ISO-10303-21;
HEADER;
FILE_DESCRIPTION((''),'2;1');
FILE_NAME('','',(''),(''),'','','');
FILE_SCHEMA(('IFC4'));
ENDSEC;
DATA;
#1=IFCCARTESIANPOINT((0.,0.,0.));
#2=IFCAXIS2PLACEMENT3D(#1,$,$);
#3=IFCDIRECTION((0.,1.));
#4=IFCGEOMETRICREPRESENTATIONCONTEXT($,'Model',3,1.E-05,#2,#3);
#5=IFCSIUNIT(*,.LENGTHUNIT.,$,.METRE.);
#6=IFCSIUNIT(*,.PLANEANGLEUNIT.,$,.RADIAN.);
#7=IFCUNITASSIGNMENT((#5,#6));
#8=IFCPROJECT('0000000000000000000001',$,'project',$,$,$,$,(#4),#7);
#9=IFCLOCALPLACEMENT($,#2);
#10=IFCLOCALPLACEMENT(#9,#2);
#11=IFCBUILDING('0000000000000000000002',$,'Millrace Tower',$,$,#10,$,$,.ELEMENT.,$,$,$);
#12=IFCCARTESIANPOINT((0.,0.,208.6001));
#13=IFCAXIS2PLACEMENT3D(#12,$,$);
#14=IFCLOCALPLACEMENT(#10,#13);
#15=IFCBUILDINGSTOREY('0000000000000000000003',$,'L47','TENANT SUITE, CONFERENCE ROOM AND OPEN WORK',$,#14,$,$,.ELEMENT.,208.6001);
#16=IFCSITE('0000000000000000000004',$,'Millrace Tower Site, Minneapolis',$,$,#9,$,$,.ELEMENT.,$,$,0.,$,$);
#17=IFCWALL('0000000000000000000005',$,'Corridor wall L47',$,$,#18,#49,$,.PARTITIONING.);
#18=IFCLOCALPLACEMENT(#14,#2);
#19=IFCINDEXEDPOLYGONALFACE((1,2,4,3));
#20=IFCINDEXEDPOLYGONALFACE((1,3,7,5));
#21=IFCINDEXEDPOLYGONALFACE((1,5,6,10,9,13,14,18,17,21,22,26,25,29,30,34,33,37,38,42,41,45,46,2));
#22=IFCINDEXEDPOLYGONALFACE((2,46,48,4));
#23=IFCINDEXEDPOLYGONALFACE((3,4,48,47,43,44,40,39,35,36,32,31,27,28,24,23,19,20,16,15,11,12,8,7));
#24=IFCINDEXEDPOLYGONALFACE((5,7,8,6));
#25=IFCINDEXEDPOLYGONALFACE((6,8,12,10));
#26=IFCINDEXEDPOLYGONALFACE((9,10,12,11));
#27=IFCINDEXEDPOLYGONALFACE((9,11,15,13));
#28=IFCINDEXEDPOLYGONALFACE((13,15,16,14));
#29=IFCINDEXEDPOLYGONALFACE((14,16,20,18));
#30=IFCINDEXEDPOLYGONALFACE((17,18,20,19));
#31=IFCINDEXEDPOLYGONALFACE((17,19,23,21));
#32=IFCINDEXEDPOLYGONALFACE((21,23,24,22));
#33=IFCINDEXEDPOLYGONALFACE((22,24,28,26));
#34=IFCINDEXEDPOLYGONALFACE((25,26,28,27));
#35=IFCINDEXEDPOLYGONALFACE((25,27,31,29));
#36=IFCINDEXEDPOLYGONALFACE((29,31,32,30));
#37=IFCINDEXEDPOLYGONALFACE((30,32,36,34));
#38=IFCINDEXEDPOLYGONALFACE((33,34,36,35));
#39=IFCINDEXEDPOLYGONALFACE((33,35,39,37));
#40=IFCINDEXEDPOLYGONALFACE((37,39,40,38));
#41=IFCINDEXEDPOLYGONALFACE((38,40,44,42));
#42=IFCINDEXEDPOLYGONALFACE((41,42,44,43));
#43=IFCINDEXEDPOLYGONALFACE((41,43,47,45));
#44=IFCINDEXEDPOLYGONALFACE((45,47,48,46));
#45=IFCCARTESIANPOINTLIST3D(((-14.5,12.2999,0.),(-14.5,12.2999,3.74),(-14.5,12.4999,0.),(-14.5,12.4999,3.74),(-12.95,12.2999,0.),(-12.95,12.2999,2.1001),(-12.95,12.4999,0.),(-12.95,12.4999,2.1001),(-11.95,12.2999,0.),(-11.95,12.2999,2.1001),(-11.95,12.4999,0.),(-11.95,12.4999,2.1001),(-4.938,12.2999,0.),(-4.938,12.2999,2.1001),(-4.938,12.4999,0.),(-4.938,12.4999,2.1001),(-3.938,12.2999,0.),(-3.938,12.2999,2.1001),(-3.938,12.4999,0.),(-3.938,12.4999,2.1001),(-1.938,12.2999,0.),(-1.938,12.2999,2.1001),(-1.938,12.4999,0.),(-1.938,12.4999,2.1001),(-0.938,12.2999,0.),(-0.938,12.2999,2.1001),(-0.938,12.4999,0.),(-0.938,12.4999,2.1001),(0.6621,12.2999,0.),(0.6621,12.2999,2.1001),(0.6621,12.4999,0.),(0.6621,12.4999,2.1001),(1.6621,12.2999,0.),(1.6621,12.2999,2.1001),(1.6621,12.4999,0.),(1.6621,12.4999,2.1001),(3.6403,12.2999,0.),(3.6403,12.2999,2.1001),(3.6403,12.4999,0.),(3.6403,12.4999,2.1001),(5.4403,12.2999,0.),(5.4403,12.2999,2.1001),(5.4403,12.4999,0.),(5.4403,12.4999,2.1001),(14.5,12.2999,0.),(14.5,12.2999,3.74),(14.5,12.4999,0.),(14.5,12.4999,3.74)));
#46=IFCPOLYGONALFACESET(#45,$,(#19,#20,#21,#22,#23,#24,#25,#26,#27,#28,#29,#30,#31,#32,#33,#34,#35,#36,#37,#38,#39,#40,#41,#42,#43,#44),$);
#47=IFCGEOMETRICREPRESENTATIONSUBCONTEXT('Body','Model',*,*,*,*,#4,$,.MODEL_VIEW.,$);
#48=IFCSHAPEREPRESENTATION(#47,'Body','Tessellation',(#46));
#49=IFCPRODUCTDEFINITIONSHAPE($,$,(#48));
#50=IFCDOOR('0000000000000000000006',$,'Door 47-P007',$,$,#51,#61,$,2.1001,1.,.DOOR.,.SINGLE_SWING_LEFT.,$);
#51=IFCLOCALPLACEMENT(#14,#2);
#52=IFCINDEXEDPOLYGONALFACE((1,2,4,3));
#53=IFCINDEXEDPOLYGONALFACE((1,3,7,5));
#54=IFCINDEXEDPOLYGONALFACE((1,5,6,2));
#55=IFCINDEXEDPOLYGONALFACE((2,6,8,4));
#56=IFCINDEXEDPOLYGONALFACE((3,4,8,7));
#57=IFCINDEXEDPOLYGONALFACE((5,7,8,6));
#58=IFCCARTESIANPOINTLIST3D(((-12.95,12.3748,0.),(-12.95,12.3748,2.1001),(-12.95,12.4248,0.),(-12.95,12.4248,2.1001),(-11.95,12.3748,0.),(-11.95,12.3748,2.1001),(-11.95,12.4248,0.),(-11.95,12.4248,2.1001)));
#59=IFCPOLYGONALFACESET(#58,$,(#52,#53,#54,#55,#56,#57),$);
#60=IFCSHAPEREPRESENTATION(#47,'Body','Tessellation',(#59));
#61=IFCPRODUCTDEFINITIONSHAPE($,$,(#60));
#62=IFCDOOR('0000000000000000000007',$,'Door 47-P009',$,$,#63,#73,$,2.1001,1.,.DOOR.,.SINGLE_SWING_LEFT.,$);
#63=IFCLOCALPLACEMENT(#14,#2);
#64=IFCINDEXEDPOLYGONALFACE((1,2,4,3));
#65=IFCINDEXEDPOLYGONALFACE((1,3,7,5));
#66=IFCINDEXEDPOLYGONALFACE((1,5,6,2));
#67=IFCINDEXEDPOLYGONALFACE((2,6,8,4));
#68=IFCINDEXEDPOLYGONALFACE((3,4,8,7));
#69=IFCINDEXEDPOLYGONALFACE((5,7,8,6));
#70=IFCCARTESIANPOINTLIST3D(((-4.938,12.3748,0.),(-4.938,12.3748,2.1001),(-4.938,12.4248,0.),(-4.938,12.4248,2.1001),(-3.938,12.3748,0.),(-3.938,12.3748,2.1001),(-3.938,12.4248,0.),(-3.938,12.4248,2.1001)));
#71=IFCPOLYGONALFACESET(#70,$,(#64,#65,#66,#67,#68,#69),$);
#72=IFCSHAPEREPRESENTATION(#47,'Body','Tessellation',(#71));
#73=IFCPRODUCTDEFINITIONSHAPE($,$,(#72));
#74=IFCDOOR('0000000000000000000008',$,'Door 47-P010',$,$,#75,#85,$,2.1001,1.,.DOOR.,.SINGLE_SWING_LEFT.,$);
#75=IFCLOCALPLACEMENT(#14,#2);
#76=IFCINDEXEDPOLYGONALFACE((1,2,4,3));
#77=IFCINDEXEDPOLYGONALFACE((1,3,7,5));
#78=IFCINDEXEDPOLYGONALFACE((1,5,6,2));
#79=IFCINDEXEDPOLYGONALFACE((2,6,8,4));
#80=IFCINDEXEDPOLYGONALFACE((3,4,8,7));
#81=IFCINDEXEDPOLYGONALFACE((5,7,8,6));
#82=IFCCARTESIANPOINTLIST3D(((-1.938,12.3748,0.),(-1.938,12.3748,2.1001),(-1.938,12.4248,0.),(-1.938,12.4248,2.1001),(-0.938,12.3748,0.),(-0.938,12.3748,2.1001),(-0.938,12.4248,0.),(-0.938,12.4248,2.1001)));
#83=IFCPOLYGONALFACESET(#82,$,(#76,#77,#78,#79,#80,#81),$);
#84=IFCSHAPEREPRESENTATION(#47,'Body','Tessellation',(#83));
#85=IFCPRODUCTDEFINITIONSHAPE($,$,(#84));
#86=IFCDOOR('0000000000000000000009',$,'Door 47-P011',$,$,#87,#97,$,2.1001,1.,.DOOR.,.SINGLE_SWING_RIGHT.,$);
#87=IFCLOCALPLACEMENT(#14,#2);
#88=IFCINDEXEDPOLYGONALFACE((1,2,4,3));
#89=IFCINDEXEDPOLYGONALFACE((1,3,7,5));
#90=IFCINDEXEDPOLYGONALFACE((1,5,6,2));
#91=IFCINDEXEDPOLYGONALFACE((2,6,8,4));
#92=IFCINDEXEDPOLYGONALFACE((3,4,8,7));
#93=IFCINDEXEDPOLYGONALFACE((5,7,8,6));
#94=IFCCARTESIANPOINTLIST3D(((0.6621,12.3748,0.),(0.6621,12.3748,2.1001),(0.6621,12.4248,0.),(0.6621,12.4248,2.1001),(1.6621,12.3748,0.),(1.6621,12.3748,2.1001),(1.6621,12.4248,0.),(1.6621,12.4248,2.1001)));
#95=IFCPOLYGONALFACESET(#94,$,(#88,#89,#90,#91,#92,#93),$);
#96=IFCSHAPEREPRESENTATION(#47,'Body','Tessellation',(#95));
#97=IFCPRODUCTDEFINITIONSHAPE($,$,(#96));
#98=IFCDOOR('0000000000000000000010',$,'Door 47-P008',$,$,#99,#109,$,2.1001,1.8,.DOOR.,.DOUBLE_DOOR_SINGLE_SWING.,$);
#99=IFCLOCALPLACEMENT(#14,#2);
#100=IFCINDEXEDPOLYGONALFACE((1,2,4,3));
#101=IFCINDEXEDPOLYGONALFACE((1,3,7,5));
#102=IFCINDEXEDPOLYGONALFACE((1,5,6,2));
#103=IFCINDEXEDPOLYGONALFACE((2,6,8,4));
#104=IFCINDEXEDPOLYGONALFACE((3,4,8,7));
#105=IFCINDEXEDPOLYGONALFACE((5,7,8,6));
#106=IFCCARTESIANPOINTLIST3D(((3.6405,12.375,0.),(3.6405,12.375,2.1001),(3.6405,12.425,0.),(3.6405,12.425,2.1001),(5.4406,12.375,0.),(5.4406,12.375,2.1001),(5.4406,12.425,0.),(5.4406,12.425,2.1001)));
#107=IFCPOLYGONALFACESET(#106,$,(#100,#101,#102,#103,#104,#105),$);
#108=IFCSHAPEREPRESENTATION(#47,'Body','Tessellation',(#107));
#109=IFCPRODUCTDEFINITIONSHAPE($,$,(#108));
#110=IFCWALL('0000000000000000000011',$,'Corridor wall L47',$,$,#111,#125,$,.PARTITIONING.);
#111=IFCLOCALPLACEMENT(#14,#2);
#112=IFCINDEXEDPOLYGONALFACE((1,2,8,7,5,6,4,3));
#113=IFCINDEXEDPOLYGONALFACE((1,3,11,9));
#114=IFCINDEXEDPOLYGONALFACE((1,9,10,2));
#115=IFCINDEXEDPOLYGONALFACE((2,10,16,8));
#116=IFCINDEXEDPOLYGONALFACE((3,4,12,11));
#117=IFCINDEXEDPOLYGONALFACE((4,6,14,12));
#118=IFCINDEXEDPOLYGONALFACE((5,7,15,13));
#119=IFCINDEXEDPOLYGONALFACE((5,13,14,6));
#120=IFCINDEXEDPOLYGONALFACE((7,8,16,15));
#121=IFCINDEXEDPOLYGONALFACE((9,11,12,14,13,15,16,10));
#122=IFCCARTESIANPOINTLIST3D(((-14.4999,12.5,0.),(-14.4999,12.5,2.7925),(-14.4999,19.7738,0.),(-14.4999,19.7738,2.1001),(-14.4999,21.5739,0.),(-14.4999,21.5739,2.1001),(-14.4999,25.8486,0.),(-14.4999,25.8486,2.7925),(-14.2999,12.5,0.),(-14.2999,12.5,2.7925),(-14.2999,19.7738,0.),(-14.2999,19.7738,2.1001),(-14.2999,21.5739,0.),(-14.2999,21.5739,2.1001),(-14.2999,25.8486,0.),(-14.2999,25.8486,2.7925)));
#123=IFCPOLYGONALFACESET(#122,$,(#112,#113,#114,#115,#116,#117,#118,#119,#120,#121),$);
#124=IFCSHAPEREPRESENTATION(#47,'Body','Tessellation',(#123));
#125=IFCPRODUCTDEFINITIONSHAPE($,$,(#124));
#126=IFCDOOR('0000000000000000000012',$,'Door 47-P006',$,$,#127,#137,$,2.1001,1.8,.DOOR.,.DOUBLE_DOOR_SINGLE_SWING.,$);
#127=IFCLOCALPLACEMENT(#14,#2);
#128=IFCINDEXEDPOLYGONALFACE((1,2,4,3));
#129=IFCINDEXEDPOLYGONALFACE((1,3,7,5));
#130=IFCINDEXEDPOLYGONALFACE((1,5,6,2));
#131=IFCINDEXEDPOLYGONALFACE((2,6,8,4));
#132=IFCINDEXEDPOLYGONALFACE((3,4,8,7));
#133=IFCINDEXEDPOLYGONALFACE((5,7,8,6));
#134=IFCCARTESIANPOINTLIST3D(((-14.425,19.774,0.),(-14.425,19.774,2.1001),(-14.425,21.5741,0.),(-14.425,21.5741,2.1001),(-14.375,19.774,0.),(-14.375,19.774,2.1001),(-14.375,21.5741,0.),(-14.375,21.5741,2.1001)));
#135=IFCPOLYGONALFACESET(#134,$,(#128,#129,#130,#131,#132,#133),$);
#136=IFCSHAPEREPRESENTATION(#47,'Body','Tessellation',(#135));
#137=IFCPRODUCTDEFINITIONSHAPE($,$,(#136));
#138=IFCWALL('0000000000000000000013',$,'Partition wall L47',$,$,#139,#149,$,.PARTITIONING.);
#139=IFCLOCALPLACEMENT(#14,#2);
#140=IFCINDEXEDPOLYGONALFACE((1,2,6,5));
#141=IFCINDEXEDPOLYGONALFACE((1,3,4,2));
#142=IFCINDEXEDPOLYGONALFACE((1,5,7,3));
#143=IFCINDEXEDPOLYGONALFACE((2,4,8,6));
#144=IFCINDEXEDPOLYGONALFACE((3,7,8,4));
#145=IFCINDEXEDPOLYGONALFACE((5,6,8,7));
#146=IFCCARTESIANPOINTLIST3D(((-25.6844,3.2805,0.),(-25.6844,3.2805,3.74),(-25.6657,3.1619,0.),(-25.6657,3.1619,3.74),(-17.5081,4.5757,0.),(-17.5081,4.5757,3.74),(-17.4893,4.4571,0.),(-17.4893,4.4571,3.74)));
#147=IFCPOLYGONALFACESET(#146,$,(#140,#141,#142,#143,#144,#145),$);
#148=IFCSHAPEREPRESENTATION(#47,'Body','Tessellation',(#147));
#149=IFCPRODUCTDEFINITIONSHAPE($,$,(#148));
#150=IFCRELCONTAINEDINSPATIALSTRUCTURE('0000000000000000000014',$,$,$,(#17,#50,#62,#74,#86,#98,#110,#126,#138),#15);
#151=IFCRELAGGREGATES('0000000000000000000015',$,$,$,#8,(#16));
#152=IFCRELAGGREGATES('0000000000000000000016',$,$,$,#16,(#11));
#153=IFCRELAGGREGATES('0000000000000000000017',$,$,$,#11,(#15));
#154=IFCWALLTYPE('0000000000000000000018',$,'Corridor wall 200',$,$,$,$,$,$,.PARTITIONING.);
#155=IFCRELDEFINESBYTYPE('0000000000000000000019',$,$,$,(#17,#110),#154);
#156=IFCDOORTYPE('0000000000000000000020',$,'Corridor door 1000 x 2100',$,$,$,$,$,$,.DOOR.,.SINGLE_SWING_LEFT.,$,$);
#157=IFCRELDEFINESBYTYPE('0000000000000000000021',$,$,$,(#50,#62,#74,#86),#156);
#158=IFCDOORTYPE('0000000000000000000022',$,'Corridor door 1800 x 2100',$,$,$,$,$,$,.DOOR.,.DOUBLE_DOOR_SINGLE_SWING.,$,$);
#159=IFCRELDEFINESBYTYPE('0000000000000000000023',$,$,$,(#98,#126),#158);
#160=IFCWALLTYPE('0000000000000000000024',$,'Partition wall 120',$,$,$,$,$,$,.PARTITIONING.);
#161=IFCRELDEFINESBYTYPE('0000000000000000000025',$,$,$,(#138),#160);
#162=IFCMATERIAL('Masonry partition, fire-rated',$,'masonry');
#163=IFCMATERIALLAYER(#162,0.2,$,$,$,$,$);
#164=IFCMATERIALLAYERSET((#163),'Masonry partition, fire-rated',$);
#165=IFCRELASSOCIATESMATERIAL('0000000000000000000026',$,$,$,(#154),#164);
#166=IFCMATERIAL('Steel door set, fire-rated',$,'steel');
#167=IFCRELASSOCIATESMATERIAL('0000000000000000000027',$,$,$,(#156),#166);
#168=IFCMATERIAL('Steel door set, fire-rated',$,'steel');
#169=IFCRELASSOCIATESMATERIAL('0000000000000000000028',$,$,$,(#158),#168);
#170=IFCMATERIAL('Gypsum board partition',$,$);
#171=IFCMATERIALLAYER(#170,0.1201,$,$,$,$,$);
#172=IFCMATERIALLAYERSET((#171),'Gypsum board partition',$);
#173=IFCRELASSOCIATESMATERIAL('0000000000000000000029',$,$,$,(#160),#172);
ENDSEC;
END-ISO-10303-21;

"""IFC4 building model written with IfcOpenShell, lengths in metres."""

from ifc_helpers import new_model, si_unit, direction, frame, frame_2d, origin, place, context, subcontext, project, spatial, rectangle, extrude, material, layer, layer_set, type_object, element, fill, save


model = new_model("IFC4")

# Units and contexts
model_context = context("Model", 3, precision=1e-05, world=origin(), true_north=direction((0.0, 1.0)))
body_context = subcontext(model_context, "Body", "Model", "MODEL_VIEW")
ifc_project = project(units=[si_unit("LENGTHUNIT", "METRE"), si_unit("PLANEANGLEUNIT", "RADIAN")], contexts=[model_context])

# Site, building, storey
site_placement = place(None, origin())
site = spatial("IfcSite", under=ifc_project, at=site_placement, Name="Millrace Tower Site, Minneapolis", CompositionType="ELEMENT", RefElevation=0.0)
building_placement = place(site_placement, origin())
building = spatial("IfcBuilding", under=site, at=building_placement, Name="Millrace Tower", CompositionType="ELEMENT")
storey_placement = place(building_placement, frame((0.0, 0.0, 208.6001)))
storey = spatial("IfcBuildingStorey", under=building, at=storey_placement, Name="L47", Description="TENANT SUITE, CONFERENCE ROOM AND OPEN WORK", CompositionType="ELEMENT", Elevation=208.6001)

# Wall, openings, doors
ifc_material_1 = material(Name="Masonry partition, fire-rated", Category="masonry")
ifc_layer_1 = layer(ifc_material_1, 0.2)
ifc_layer_set_1 = layer_set([ifc_layer_1], Name="Masonry partition, fire-rated")
wall_type_1 = type_object("IfcWallType", Name="Corridor wall 200", PredefinedType="PARTITIONING", material=ifc_layer_set_1)
wall_1_placement = place(storey_placement, frame((-14.5, 12.3999, 0.0), z_axis=(0.0, 0.0, 1.0), x_axis=(1.0, 0.0, 0.0)))
wall_1 = element("IfcWall", 1, at=wall_1_placement, inside=storey, type_object=wall_type_1, Name="Corridor wall L47", PredefinedType="PARTITIONING", context=body_context, shape_type="SweptSolid", body=[
    extrude(rectangle(XDim=29.0, YDim=0.2, at=frame_2d((14.5, 0.0))), origin(), (0.0, 0.0, 1.0), 3.74),
])
opening_1_placement = place(wall_1_placement, frame((1.55, 0.0, 0.0)))
opening_1 = element("IfcOpeningElement", 2, at=opening_1_placement, cuts=wall_1, PredefinedType="OPENING", context=body_context, shape_type="SweptSolid", body=[
    extrude(rectangle(XDim=1.0, YDim=2.1001, at=frame_2d((0.5, 1.05))), frame((0.0, 0.1099, 0.0), z_axis=(0.0, -1.0, 0.0), x_axis=(1.0, 0.0, 0.0)), (0.0, 0.0, 1.0), 0.22),
])
opening_2_placement = place(wall_1_placement, frame((18.1404, 0.0, 0.0)))
opening_2 = element("IfcOpeningElement", 3, at=opening_2_placement, cuts=wall_1, PredefinedType="OPENING", context=body_context, shape_type="SweptSolid", body=[
    extrude(rectangle(XDim=1.8, YDim=2.1001, at=frame_2d((0.8999, 1.05))), frame((0.0, 0.1099, 0.0), z_axis=(0.0, -1.0, 0.0), x_axis=(1.0, 0.0, 0.0)), (0.0, 0.0, 1.0), 0.22),
])
opening_3_placement = place(wall_1_placement, frame((9.562, 0.0, 0.0)))
opening_3 = element("IfcOpeningElement", 4, at=opening_3_placement, cuts=wall_1, PredefinedType="OPENING", context=body_context, shape_type="SweptSolid", body=[
    extrude(rectangle(XDim=1.0, YDim=2.1001, at=frame_2d((0.5, 1.05))), frame((0.0, 0.1099, 0.0), z_axis=(0.0, -1.0, 0.0), x_axis=(1.0, 0.0, 0.0)), (0.0, 0.0, 1.0), 0.22),
])
opening_4_placement = place(wall_1_placement, frame((12.562, 0.0, 0.0)))
opening_4 = element("IfcOpeningElement", 5, at=opening_4_placement, cuts=wall_1, PredefinedType="OPENING", context=body_context, shape_type="SweptSolid", body=[
    extrude(rectangle(XDim=1.0, YDim=2.1001, at=frame_2d((0.5, 1.05))), frame((0.0, 0.1099, 0.0), z_axis=(0.0, -1.0, 0.0), x_axis=(1.0, 0.0, 0.0)), (0.0, 0.0, 1.0), 0.22),
])
opening_5_placement = place(wall_1_placement, frame((15.1621, 0.0, 0.0)))
opening_5 = element("IfcOpeningElement", 6, at=opening_5_placement, cuts=wall_1, PredefinedType="OPENING", context=body_context, shape_type="SweptSolid", body=[
    extrude(rectangle(XDim=1.0, YDim=2.1001, at=frame_2d((0.5, 1.05))), frame((0.0, 0.1099, 0.0), z_axis=(0.0, -1.0, 0.0), x_axis=(1.0, 0.0, 0.0)), (0.0, 0.0, 1.0), 0.22),
])
ifc_material_2 = material(Name="Steel door set, fire-rated", Category="steel")
door_type_1 = type_object("IfcDoorType", Name="Corridor door 1000 x 2100", OperationType="SINGLE_SWING_LEFT", PredefinedType="DOOR", material=ifc_material_2)
door_1_placement = place(opening_1_placement, origin())
door_1 = element("IfcDoor", 7, at=door_1_placement, inside=storey, type_object=door_type_1, Name="Door 47-P007", OperationType="SINGLE_SWING_LEFT", OverallHeight=2.1001, OverallWidth=1.0, PredefinedType="DOOR", context=body_context, shape_type="SweptSolid", body=[
    extrude(rectangle(XDim=1.0, YDim=2.1001, at=frame_2d((0.5, 1.05))), frame((0.0, 0.0249, 0.0), z_axis=(0.0, -1.0, 0.0), x_axis=(1.0, 0.0, 0.0)), (0.0, 0.0, 1.0), 0.05),
])
fill(opening_1, door_1)
door_2_placement = place(opening_3_placement, origin())
door_2 = element("IfcDoor", 8, at=door_2_placement, inside=storey, type_object=door_type_1, Name="Door 47-P009", OperationType="SINGLE_SWING_LEFT", OverallHeight=2.1001, OverallWidth=1.0, PredefinedType="DOOR", context=body_context, shape_type="SweptSolid", body=[
    extrude(rectangle(XDim=1.0, YDim=2.1001, at=frame_2d((0.5, 1.05))), frame((0.0, 0.0249, 0.0), z_axis=(0.0, -1.0, 0.0), x_axis=(1.0, 0.0, 0.0)), (0.0, 0.0, 1.0), 0.05),
])
fill(opening_3, door_2)
door_3_placement = place(opening_4_placement, origin())
door_3 = element("IfcDoor", 9, at=door_3_placement, inside=storey, type_object=door_type_1, Name="Door 47-P010", OperationType="SINGLE_SWING_LEFT", OverallHeight=2.1001, OverallWidth=1.0, PredefinedType="DOOR", context=body_context, shape_type="SweptSolid", body=[
    extrude(rectangle(XDim=1.0, YDim=2.1001, at=frame_2d((0.5, 1.05))), frame((0.0, 0.0249, 0.0), z_axis=(0.0, -1.0, 0.0), x_axis=(1.0, 0.0, 0.0)), (0.0, 0.0, 1.0), 0.05),
])
fill(opening_4, door_3)
door_4_placement = place(opening_5_placement, origin())
door_4 = element("IfcDoor", 10, at=door_4_placement, inside=storey, type_object=door_type_1, Name="Door 47-P011", OperationType="SINGLE_SWING_RIGHT", OverallHeight=2.1001, OverallWidth=1.0, PredefinedType="DOOR", context=body_context, shape_type="SweptSolid", body=[
    extrude(rectangle(XDim=1.0, YDim=2.1001, at=frame_2d((0.5, 1.05))), frame((0.0, 0.0249, 0.0), z_axis=(0.0, -1.0, 0.0), x_axis=(1.0, 0.0, 0.0)), (0.0, 0.0, 1.0), 0.05),
])
fill(opening_5, door_4)
ifc_material_3 = material(Name="Steel door set, fire-rated", Category="steel")
door_type_2 = type_object("IfcDoorType", Name="Corridor door 1800 x 2100", OperationType="DOUBLE_DOOR_SINGLE_SWING", PredefinedType="DOOR", material=ifc_material_3)
door_5_placement = place(opening_2_placement, frame((1.8, 0.0, 0.0), z_axis=(0.0, 0.0, 1.0), x_axis=(-1.0, 0.0, 0.0)))
door_5 = element("IfcDoor", 11, at=door_5_placement, inside=storey, type_object=door_type_2, Name="Door 47-P008", OperationType="DOUBLE_DOOR_SINGLE_SWING", OverallHeight=2.1001, OverallWidth=1.8, PredefinedType="DOOR", context=body_context, shape_type="SweptSolid", body=[
    extrude(rectangle(XDim=1.8, YDim=2.1001, at=frame_2d((0.8999, 1.05))), frame((0.0, 0.0249, 0.0), z_axis=(0.0, -1.0, 0.0), x_axis=(1.0, 0.0, 0.0)), (0.0, 0.0, 1.0), 0.05),
])
fill(opening_2, door_5)

# Wall, opening, door
wall_2_placement = place(storey_placement, frame((-14.3999, 12.5, 0.0), z_axis=(0.0, 0.0, 1.0), x_axis=(0.0, 1.0, 0.0)))
wall_2 = element("IfcWall", 12, at=wall_2_placement, inside=storey, type_object=wall_type_1, Name="Corridor wall L47", PredefinedType="PARTITIONING", context=body_context, shape_type="SweptSolid", body=[
    extrude(rectangle(XDim=13.3486, YDim=0.2, at=frame_2d((6.6743, 0.0))), origin(), (0.0, 0.0, 1.0), 2.7925),
])
opening_6_placement = place(wall_2_placement, frame((7.2739, 0.0, 0.0)))
opening_6 = element("IfcOpeningElement", 13, at=opening_6_placement, cuts=wall_2, PredefinedType="OPENING", context=body_context, shape_type="SweptSolid", body=[
    extrude(rectangle(XDim=1.8, YDim=2.1001, at=frame_2d((0.8999, 1.05))), frame((0.0, 0.1099, 0.0), z_axis=(0.0, -1.0, 0.0), x_axis=(1.0, 0.0, 0.0)), (0.0, 0.0, 1.0), 0.22),
])
door_6_placement = place(opening_6_placement, frame((1.8, 0.0, 0.0), z_axis=(0.0, 0.0, 1.0), x_axis=(-1.0, 0.0, 0.0)))
door_6 = element("IfcDoor", 14, at=door_6_placement, inside=storey, type_object=door_type_2, Name="Door 47-P006", OperationType="DOUBLE_DOOR_SINGLE_SWING", OverallHeight=2.1001, OverallWidth=1.8, PredefinedType="DOOR", context=body_context, shape_type="SweptSolid", body=[
    extrude(rectangle(XDim=1.8, YDim=2.1001, at=frame_2d((0.8999, 1.05))), frame((0.0, 0.0249, 0.0), z_axis=(0.0, -1.0, 0.0), x_axis=(1.0, 0.0, 0.0)), (0.0, 0.0, 1.0), 0.05),
])
fill(opening_6, door_6)

# Wall
ifc_material_4 = material(Name="Gypsum board partition")
ifc_layer_2 = layer(ifc_material_4, 0.1201)
ifc_layer_set_2 = layer_set([ifc_layer_2], Name="Gypsum board partition")
wall_type_2 = type_object("IfcWallType", Name="Partition wall 120", PredefinedType="PARTITIONING", material=ifc_layer_set_2)
wall_3_placement = place(storey_placement, frame((-25.675, 3.2212, 0.0), z_axis=(0.0, 0.0, 1.0), x_axis=(0.987685, 0.156455, 0.0)))
element("IfcWall", 15, at=wall_3_placement, inside=storey, type_object=wall_type_2, Name="Partition wall L47", PredefinedType="PARTITIONING", context=body_context, shape_type="SweptSolid", body=[
    extrude(rectangle(XDim=8.2783, YDim=0.1201, at=frame_2d((4.1392, 0.0))), origin(), (0.0, 0.0, 1.0), 3.74),
])

save(model, "model.ifc")
